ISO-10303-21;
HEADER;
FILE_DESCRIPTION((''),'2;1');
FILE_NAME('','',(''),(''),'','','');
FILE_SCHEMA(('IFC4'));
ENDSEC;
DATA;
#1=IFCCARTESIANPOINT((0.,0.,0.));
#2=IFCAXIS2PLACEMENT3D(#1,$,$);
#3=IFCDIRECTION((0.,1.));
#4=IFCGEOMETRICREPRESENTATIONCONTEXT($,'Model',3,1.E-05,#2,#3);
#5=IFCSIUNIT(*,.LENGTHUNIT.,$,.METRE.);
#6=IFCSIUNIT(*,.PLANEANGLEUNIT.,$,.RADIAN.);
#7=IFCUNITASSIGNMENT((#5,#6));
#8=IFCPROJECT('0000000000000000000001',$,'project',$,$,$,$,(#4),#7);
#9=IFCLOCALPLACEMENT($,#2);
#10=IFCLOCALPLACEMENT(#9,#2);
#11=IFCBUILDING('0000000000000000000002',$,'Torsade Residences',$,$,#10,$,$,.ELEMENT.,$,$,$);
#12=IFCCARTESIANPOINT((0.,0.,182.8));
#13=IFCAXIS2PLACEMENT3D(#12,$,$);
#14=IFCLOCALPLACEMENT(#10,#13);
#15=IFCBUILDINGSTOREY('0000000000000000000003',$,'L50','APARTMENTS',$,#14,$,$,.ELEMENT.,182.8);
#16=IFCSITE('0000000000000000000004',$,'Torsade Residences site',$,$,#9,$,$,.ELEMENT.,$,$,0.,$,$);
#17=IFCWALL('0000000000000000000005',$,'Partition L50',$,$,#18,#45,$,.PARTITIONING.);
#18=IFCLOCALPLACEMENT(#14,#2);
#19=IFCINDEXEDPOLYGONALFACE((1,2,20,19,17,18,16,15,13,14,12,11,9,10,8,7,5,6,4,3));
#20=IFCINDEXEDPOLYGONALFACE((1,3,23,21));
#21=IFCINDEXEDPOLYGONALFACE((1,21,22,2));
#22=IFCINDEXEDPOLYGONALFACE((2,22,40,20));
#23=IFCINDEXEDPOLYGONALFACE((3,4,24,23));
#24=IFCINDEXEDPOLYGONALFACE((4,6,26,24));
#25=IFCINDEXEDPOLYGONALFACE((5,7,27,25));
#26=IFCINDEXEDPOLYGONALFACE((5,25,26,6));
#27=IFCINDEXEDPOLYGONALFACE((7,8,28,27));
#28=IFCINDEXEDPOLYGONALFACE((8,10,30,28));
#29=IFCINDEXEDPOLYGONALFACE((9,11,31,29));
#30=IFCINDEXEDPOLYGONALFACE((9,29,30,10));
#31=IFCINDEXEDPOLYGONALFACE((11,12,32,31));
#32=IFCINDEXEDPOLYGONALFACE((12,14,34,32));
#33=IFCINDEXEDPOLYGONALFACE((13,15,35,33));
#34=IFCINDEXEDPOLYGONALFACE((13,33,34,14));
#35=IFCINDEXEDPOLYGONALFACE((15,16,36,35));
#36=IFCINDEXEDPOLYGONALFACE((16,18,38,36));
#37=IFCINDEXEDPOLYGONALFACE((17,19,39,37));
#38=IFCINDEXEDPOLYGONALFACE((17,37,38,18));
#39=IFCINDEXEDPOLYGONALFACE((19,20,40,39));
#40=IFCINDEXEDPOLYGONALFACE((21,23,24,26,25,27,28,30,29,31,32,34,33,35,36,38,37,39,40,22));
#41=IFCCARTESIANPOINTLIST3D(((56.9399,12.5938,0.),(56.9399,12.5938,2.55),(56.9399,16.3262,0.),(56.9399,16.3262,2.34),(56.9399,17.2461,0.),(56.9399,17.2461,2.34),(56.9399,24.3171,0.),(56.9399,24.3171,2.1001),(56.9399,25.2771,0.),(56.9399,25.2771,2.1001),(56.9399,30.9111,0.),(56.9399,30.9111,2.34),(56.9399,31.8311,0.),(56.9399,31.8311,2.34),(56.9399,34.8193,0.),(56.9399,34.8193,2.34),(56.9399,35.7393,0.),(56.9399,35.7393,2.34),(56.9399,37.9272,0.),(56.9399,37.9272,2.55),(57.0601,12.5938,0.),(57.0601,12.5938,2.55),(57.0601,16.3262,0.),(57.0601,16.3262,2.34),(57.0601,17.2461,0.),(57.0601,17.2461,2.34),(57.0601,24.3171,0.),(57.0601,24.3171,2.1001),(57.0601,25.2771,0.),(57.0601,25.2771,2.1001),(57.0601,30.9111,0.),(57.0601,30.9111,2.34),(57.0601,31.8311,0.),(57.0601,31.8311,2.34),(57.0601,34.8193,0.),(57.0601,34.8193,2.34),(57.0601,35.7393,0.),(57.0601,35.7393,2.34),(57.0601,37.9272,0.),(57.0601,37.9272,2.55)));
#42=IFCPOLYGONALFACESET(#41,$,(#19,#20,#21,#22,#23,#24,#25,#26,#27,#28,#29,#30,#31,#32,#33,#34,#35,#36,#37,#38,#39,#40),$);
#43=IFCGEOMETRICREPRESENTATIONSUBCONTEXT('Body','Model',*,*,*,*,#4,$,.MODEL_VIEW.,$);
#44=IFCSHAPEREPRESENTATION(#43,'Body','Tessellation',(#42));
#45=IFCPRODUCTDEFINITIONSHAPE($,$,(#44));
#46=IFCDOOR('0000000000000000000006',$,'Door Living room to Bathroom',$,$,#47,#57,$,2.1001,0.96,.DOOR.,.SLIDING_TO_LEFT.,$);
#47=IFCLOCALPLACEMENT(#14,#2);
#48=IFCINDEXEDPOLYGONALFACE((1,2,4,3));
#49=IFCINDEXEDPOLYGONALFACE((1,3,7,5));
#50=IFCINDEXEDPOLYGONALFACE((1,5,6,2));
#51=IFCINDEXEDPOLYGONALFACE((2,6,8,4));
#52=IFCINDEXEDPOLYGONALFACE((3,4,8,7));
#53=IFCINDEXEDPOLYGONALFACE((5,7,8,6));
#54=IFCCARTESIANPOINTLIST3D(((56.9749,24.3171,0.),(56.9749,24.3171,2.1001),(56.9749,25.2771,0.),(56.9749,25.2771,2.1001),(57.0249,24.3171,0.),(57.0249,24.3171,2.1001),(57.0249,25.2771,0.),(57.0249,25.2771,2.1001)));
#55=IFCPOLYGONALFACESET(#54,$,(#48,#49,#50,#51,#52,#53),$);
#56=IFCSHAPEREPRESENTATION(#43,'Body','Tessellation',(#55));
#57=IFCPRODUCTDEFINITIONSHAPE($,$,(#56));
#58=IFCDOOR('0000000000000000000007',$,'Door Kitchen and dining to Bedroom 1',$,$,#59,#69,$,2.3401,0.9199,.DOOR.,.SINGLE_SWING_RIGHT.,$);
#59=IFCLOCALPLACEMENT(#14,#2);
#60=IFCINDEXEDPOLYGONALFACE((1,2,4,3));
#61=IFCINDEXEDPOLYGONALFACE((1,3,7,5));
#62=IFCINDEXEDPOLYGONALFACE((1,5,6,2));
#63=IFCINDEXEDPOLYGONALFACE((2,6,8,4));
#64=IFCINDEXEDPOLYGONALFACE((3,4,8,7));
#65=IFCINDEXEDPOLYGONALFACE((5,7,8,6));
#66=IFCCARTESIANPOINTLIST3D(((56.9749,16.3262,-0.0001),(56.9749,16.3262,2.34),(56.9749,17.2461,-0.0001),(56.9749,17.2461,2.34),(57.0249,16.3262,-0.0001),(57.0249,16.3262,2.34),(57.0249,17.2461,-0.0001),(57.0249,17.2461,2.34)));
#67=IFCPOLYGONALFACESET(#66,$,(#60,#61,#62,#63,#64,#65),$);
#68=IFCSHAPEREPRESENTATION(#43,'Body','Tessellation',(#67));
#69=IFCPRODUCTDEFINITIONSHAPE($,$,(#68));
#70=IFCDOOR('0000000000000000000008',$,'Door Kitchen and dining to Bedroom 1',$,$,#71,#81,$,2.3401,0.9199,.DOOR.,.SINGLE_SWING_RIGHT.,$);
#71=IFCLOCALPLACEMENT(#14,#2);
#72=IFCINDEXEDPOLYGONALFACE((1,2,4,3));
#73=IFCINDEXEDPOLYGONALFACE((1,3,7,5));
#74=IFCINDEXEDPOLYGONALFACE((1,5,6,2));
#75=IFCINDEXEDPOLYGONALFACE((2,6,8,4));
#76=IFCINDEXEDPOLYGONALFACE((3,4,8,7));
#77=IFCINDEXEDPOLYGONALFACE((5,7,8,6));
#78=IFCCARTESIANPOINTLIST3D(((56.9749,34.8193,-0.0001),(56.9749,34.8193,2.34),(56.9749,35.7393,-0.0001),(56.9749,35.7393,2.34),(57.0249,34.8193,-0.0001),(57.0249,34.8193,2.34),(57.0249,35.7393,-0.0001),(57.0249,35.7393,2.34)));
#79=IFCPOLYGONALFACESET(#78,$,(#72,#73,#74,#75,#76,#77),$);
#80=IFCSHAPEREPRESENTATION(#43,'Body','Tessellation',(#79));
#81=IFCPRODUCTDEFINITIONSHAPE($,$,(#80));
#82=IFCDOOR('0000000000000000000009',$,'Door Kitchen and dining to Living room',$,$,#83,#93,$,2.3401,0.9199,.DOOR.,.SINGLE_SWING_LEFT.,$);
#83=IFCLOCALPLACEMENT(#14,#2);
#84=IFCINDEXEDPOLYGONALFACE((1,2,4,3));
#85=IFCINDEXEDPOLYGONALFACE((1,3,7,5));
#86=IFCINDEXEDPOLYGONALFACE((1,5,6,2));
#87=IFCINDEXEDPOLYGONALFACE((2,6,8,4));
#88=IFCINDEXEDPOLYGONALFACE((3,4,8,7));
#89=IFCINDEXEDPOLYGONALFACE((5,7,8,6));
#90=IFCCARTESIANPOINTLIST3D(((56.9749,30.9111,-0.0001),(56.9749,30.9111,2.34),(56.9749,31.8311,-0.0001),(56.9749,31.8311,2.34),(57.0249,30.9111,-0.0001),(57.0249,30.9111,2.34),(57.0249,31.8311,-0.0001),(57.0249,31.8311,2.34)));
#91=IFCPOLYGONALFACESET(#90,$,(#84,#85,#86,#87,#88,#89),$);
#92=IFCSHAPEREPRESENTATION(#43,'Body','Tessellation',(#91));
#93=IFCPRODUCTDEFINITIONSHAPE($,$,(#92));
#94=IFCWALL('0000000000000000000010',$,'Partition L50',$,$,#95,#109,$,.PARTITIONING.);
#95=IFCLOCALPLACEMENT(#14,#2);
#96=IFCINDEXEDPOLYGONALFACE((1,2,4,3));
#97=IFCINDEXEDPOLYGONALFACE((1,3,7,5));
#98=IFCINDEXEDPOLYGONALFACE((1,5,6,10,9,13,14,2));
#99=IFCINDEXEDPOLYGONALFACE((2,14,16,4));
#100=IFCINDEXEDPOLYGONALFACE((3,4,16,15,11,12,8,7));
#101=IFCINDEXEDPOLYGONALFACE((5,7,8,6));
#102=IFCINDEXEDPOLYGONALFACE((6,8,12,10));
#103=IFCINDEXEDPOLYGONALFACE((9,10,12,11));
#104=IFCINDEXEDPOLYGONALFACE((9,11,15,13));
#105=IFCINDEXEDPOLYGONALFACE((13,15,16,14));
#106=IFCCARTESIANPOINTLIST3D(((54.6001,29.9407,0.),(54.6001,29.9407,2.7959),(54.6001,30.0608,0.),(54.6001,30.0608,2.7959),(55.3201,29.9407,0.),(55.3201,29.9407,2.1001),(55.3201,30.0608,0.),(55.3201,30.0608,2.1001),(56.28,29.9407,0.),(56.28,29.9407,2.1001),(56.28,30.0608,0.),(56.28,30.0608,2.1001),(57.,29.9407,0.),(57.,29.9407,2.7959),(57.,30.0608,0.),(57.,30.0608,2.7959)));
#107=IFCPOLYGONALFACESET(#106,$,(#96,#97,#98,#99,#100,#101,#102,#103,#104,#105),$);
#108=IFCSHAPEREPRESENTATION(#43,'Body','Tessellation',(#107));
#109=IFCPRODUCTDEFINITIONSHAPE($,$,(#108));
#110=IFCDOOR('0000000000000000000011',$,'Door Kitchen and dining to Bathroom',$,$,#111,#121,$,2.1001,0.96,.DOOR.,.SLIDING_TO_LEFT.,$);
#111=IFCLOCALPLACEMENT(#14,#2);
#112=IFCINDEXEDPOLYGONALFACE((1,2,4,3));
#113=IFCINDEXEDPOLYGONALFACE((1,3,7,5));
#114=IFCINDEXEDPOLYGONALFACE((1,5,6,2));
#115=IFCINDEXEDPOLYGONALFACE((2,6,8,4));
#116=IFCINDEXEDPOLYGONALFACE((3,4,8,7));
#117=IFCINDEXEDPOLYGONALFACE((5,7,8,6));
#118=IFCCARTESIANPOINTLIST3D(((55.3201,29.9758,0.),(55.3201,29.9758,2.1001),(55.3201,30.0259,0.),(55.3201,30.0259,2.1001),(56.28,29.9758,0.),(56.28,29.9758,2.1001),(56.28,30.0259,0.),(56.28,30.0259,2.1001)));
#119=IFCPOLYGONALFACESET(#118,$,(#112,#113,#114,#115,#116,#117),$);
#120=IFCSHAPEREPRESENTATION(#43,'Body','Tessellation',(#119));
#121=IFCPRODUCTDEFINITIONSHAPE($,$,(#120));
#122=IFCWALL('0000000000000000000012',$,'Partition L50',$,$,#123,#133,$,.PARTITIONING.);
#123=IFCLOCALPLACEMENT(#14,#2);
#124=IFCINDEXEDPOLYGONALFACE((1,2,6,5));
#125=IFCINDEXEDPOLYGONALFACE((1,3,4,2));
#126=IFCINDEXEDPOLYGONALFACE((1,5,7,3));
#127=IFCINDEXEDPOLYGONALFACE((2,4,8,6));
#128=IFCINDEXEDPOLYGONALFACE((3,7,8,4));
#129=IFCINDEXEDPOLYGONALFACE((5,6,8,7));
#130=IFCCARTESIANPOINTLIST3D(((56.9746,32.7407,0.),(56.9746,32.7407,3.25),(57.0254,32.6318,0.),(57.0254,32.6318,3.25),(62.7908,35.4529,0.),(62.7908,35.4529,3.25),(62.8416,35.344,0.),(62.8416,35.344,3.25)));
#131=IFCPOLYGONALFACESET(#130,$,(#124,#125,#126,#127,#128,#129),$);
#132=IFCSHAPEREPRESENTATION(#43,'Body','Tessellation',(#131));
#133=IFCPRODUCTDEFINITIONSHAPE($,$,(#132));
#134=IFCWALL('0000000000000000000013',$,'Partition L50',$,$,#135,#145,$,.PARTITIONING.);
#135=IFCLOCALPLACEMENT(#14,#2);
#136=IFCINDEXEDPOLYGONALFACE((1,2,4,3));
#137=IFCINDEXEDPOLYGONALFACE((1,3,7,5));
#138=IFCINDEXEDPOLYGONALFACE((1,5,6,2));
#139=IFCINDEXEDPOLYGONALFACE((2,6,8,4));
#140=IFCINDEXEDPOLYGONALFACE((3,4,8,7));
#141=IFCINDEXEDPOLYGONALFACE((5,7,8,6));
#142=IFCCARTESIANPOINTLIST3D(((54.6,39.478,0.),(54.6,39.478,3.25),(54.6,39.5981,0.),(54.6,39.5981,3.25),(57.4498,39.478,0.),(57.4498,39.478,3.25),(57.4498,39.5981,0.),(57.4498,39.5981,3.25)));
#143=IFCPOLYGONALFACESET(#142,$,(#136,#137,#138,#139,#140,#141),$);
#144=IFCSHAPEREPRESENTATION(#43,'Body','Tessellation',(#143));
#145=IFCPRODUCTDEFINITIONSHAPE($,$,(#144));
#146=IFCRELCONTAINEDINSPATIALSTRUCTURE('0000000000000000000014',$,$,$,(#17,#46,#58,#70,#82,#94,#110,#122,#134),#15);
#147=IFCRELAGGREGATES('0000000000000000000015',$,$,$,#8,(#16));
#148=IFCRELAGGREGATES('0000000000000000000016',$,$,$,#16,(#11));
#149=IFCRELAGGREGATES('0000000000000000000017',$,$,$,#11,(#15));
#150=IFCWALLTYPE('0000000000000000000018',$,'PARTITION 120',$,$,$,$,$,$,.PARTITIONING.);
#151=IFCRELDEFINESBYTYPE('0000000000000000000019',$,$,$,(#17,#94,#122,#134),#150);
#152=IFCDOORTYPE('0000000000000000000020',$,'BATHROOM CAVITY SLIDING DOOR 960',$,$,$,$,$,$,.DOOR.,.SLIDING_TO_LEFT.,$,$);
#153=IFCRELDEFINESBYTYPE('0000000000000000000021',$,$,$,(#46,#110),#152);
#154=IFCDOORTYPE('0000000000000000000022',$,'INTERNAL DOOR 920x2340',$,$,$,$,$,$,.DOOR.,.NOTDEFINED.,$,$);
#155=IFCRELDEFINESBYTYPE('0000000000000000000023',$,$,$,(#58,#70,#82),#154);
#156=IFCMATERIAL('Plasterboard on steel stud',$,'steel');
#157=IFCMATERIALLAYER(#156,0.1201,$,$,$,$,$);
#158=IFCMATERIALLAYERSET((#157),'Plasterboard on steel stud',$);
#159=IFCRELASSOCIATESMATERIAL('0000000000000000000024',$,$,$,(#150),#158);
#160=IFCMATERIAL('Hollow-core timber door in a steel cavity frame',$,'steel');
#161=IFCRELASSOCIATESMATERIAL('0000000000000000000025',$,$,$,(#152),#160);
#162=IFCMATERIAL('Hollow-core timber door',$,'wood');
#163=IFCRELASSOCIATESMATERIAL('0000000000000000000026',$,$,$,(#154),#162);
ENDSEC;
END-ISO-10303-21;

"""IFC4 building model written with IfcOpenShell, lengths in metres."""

from ifc_helpers import new_model, si_unit, direction, frame, frame_2d, origin, place, context, subcontext, project, spatial, rectangle, extrude, material, layer, layer_set, type_object, element, fill, save


model = new_model("IFC4")

# Units and contexts
model_context = context("Model", 3, precision=1e-05, world=origin(), true_north=direction((0.0, 1.0)))
body_context = subcontext(model_context, "Body", "Model", "MODEL_VIEW")
ifc_project = project(units=[si_unit("LENGTHUNIT", "METRE"), si_unit("PLANEANGLEUNIT", "RADIAN")], contexts=[model_context])

# Site, building, storey
site_placement = place(None, origin())
site = spatial("IfcSite", under=ifc_project, at=site_placement, Name="Torsade Residences site", CompositionType="ELEMENT", RefElevation=0.0)
building_placement = place(site_placement, origin())
building = spatial("IfcBuilding", under=site, at=building_placement, Name="Torsade Residences", CompositionType="ELEMENT")
storey_placement = place(building_placement, frame((0.0, 0.0, 182.8)))
storey = spatial("IfcBuildingStorey", under=building, at=storey_placement, Name="L50", Description="APARTMENTS", CompositionType="ELEMENT", Elevation=182.8)

# Wall, openings, doors
ifc_material_1 = material(Name="Plasterboard on steel stud", Category="steel")
ifc_layer_1 = layer(ifc_material_1, 0.1201)
ifc_layer_set_1 = layer_set([ifc_layer_1], Name="Plasterboard on steel stud")
wall_type_1 = type_object("IfcWallType", Name="PARTITION 120", PredefinedType="PARTITIONING", material=ifc_layer_set_1)
wall_1_placement = place(storey_placement, frame((57.0, 37.9272, 0.0), z_axis=(0.0, 0.0, 1.0), x_axis=(0.0, -1.0, 0.0)))
wall_1 = element("IfcWall", 1, at=wall_1_placement, inside=storey, type_object=wall_type_1, Name="Partition L50", PredefinedType="PARTITIONING", context=body_context, shape_type="SweptSolid", body=[
    extrude(rectangle(XDim=25.3335, YDim=0.1201, at=frame_2d((12.6667, 0.0))), origin(), (0.0, 0.0, 1.0), 2.55),
])
opening_1_placement = place(wall_1_placement, frame((20.6812, 0.0, 0.0)))
opening_1 = element("IfcOpeningElement", 2, at=opening_1_placement, cuts=wall_1, PredefinedType="OPENING", context=body_context, shape_type="SweptSolid", body=[
    extrude(rectangle(XDim=0.9199, YDim=2.3401, at=frame_2d((0.46, 1.1699))), frame((0.0, 0.0701, 0.0), z_axis=(0.0, -1.0, 0.0), x_axis=(1.0, 0.0, 0.0)), (0.0, 0.0, 1.0), 0.1401),
])
opening_2_placement = place(wall_1_placement, frame((2.188, 0.0, 0.0)))
opening_2 = element("IfcOpeningElement", 3, at=opening_2_placement, cuts=wall_1, PredefinedType="OPENING", context=body_context, shape_type="SweptSolid", body=[
    extrude(rectangle(XDim=0.9199, YDim=2.3401, at=frame_2d((0.46, 1.1699))), frame((0.0, 0.0701, 0.0), z_axis=(0.0, -1.0, 0.0), x_axis=(1.0, 0.0, 0.0)), (0.0, 0.0, 1.0), 0.1401),
])
opening_3_placement = place(wall_1_placement, frame((6.0962, 0.0, 0.0)))
opening_3 = element("IfcOpeningElement", 4, at=opening_3_placement, cuts=wall_1, PredefinedType="OPENING", context=body_context, shape_type="SweptSolid", body=[
    extrude(rectangle(XDim=0.9199, YDim=2.3401, at=frame_2d((0.46, 1.1699))), frame((0.0, 0.0701, 0.0), z_axis=(0.0, -1.0, 0.0), x_axis=(1.0, 0.0, 0.0)), (0.0, 0.0, 1.0), 0.1401),
])
opening_4_placement = place(wall_1_placement, frame((12.6501, 0.0, 0.0)))
opening_4 = element("IfcOpeningElement", 5, at=opening_4_placement, cuts=wall_1, PredefinedType="OPENING", context=body_context, shape_type="SweptSolid", body=[
    extrude(rectangle(XDim=0.96, YDim=2.1001, at=frame_2d((0.48, 1.05))), frame((0.0, 0.0701, 0.0), z_axis=(0.0, -1.0, 0.0), x_axis=(1.0, 0.0, 0.0)), (0.0, 0.0, 1.0), 0.1401),
])
ifc_material_2 = material(Name="Hollow-core timber door in a steel cavity frame", Category="steel")
door_type_1 = type_object("IfcDoorType", Name="BATHROOM CAVITY SLIDING DOOR 960", OperationType="SLIDING_TO_LEFT", PredefinedType="DOOR", material=ifc_material_2)
door_1_placement = place(opening_4_placement, origin())
door_1 = element("IfcDoor", 6, at=door_1_placement, inside=storey, type_object=door_type_1, Name="Door Living room to Bathroom", OperationType="SLIDING_TO_LEFT", OverallHeight=2.1001, OverallWidth=0.96, PredefinedType="DOOR", context=body_context, shape_type="SweptSolid", body=[
    extrude(rectangle(XDim=0.96, YDim=2.1001, at=frame_2d((0.48, 1.05))), frame((0.0, 0.0249, 0.0), z_axis=(0.0, -1.0, 0.0), x_axis=(1.0, 0.0, 0.0)), (0.0, 0.0, 1.0), 0.05),
])
fill(opening_4, door_1)
ifc_material_3 = material(Name="Hollow-core timber door", Category="wood")
door_type_2 = type_object("IfcDoorType", Name="INTERNAL DOOR 920x2340", OperationType="NOTDEFINED", PredefinedType="DOOR", material=ifc_material_3)
door_2_placement = place(opening_1_placement, origin())
door_2 = element("IfcDoor", 7, at=door_2_placement, inside=storey, type_object=door_type_2, Name="Door Kitchen and dining to Bedroom 1", OperationType="SINGLE_SWING_RIGHT", OverallHeight=2.3401, OverallWidth=0.9199, PredefinedType="DOOR", context=body_context, shape_type="SweptSolid", body=[
    extrude(rectangle(XDim=0.9199, YDim=2.3401, at=frame_2d((0.46, 1.1699))), frame((0.0, 0.0249, 0.0), z_axis=(0.0, -1.0, 0.0), x_axis=(1.0, 0.0, 0.0)), (0.0, 0.0, 1.0), 0.05),
])
fill(opening_1, door_2)
door_3_placement = place(opening_2_placement, origin())
door_3 = element("IfcDoor", 8, at=door_3_placement, inside=storey, type_object=door_type_2, Name="Door Kitchen and dining to Bedroom 1", OperationType="SINGLE_SWING_RIGHT", OverallHeight=2.3401, OverallWidth=0.9199, PredefinedType="DOOR", context=body_context, shape_type="SweptSolid", body=[
    extrude(rectangle(XDim=0.9199, YDim=2.3401, at=frame_2d((0.46, 1.1699))), frame((0.0, 0.0249, 0.0), z_axis=(0.0, -1.0, 0.0), x_axis=(1.0, 0.0, 0.0)), (0.0, 0.0, 1.0), 0.05),
])
fill(opening_2, door_3)
door_4_placement = place(opening_3_placement, origin())
door_4 = element("IfcDoor", 9, at=door_4_placement, inside=storey, type_object=door_type_2, Name="Door Kitchen and dining to Living room", OperationType="SINGLE_SWING_LEFT", OverallHeight=2.3401, OverallWidth=0.9199, PredefinedType="DOOR", context=body_context, shape_type="SweptSolid", body=[
    extrude(rectangle(XDim=0.9199, YDim=2.3401, at=frame_2d((0.46, 1.1699))), frame((0.0, 0.0249, 0.0), z_axis=(0.0, -1.0, 0.0), x_axis=(1.0, 0.0, 0.0)), (0.0, 0.0, 1.0), 0.05),
])
fill(opening_3, door_4)

# Wall, opening, door
wall_2_placement = place(storey_placement, frame((57.0, 30.0007, 0.0), z_axis=(0.0, 0.0, 1.0), x_axis=(-1.0, 0.0, 0.0)))
wall_2 = element("IfcWall", 10, at=wall_2_placement, inside=storey, type_object=wall_type_1, Name="Partition L50", PredefinedType="PARTITIONING", context=body_context, shape_type="SweptSolid", body=[
    extrude(rectangle(XDim=2.3999, YDim=0.1201, at=frame_2d((1.2, 0.0))), origin(), (0.0, 0.0, 1.0), 2.7959),
])
opening_5_placement = place(wall_2_placement, frame((0.72, 0.0, 0.0)))
opening_5 = element("IfcOpeningElement", 11, at=opening_5_placement, cuts=wall_2, PredefinedType="OPENING", context=body_context, shape_type="SweptSolid", body=[
    extrude(rectangle(XDim=0.96, YDim=2.1001, at=frame_2d((0.48, 1.05))), frame((0.0, 0.0701, 0.0), z_axis=(0.0, -1.0, 0.0), x_axis=(1.0, 0.0, 0.0)), (0.0, 0.0, 1.0), 0.1401),
])
door_5_placement = place(opening_5_placement, origin())
door_5 = element("IfcDoor", 12, at=door_5_placement, inside=storey, type_object=door_type_1, Name="Door Kitchen and dining to Bathroom", OperationType="SLIDING_TO_LEFT", OverallHeight=2.1001, OverallWidth=0.96, PredefinedType="DOOR", context=body_context, shape_type="SweptSolid", body=[
    extrude(rectangle(XDim=0.96, YDim=2.1001, at=frame_2d((0.48, 1.05))), frame((0.0, 0.0249, 0.0), z_axis=(0.0, -1.0, 0.0), x_axis=(1.0, 0.0, 0.0)), (0.0, 0.0, 1.0), 0.05),
])
fill(opening_5, door_5)

# Walls
wall_3_placement = place(storey_placement, frame((57.0, 32.6863, 0.0), z_axis=(0.0, 0.0, 1.0), x_axis=(0.906306, 0.422623, 0.0)))
element("IfcWall", 13, at=wall_3_placement, inside=storey, type_object=wall_type_1, Name="Partition L50", PredefinedType="PARTITIONING", context=body_context, shape_type="SweptSolid", body=[
    extrude(rectangle(XDim=6.4175, YDim=0.1201, at=frame_2d((3.2087, 0.0))), origin(), (0.0, 0.0, 1.0), 3.25),
])
wall_4_placement = place(storey_placement, frame((54.6001, 39.5381, 0.0), z_axis=(0.0, 0.0, 1.0), x_axis=(1.0, 0.0, 0.0)))
element("IfcWall", 14, at=wall_4_placement, inside=storey, type_object=wall_type_1, Name="Partition L50", PredefinedType="PARTITIONING", context=body_context, shape_type="SweptSolid", body=[
    extrude(rectangle(XDim=2.8499, YDim=0.1201, at=frame_2d((1.4248, 0.0))), origin(), (0.0, 0.0, 1.0), 3.25),
])

save(model, "model.ifc")
